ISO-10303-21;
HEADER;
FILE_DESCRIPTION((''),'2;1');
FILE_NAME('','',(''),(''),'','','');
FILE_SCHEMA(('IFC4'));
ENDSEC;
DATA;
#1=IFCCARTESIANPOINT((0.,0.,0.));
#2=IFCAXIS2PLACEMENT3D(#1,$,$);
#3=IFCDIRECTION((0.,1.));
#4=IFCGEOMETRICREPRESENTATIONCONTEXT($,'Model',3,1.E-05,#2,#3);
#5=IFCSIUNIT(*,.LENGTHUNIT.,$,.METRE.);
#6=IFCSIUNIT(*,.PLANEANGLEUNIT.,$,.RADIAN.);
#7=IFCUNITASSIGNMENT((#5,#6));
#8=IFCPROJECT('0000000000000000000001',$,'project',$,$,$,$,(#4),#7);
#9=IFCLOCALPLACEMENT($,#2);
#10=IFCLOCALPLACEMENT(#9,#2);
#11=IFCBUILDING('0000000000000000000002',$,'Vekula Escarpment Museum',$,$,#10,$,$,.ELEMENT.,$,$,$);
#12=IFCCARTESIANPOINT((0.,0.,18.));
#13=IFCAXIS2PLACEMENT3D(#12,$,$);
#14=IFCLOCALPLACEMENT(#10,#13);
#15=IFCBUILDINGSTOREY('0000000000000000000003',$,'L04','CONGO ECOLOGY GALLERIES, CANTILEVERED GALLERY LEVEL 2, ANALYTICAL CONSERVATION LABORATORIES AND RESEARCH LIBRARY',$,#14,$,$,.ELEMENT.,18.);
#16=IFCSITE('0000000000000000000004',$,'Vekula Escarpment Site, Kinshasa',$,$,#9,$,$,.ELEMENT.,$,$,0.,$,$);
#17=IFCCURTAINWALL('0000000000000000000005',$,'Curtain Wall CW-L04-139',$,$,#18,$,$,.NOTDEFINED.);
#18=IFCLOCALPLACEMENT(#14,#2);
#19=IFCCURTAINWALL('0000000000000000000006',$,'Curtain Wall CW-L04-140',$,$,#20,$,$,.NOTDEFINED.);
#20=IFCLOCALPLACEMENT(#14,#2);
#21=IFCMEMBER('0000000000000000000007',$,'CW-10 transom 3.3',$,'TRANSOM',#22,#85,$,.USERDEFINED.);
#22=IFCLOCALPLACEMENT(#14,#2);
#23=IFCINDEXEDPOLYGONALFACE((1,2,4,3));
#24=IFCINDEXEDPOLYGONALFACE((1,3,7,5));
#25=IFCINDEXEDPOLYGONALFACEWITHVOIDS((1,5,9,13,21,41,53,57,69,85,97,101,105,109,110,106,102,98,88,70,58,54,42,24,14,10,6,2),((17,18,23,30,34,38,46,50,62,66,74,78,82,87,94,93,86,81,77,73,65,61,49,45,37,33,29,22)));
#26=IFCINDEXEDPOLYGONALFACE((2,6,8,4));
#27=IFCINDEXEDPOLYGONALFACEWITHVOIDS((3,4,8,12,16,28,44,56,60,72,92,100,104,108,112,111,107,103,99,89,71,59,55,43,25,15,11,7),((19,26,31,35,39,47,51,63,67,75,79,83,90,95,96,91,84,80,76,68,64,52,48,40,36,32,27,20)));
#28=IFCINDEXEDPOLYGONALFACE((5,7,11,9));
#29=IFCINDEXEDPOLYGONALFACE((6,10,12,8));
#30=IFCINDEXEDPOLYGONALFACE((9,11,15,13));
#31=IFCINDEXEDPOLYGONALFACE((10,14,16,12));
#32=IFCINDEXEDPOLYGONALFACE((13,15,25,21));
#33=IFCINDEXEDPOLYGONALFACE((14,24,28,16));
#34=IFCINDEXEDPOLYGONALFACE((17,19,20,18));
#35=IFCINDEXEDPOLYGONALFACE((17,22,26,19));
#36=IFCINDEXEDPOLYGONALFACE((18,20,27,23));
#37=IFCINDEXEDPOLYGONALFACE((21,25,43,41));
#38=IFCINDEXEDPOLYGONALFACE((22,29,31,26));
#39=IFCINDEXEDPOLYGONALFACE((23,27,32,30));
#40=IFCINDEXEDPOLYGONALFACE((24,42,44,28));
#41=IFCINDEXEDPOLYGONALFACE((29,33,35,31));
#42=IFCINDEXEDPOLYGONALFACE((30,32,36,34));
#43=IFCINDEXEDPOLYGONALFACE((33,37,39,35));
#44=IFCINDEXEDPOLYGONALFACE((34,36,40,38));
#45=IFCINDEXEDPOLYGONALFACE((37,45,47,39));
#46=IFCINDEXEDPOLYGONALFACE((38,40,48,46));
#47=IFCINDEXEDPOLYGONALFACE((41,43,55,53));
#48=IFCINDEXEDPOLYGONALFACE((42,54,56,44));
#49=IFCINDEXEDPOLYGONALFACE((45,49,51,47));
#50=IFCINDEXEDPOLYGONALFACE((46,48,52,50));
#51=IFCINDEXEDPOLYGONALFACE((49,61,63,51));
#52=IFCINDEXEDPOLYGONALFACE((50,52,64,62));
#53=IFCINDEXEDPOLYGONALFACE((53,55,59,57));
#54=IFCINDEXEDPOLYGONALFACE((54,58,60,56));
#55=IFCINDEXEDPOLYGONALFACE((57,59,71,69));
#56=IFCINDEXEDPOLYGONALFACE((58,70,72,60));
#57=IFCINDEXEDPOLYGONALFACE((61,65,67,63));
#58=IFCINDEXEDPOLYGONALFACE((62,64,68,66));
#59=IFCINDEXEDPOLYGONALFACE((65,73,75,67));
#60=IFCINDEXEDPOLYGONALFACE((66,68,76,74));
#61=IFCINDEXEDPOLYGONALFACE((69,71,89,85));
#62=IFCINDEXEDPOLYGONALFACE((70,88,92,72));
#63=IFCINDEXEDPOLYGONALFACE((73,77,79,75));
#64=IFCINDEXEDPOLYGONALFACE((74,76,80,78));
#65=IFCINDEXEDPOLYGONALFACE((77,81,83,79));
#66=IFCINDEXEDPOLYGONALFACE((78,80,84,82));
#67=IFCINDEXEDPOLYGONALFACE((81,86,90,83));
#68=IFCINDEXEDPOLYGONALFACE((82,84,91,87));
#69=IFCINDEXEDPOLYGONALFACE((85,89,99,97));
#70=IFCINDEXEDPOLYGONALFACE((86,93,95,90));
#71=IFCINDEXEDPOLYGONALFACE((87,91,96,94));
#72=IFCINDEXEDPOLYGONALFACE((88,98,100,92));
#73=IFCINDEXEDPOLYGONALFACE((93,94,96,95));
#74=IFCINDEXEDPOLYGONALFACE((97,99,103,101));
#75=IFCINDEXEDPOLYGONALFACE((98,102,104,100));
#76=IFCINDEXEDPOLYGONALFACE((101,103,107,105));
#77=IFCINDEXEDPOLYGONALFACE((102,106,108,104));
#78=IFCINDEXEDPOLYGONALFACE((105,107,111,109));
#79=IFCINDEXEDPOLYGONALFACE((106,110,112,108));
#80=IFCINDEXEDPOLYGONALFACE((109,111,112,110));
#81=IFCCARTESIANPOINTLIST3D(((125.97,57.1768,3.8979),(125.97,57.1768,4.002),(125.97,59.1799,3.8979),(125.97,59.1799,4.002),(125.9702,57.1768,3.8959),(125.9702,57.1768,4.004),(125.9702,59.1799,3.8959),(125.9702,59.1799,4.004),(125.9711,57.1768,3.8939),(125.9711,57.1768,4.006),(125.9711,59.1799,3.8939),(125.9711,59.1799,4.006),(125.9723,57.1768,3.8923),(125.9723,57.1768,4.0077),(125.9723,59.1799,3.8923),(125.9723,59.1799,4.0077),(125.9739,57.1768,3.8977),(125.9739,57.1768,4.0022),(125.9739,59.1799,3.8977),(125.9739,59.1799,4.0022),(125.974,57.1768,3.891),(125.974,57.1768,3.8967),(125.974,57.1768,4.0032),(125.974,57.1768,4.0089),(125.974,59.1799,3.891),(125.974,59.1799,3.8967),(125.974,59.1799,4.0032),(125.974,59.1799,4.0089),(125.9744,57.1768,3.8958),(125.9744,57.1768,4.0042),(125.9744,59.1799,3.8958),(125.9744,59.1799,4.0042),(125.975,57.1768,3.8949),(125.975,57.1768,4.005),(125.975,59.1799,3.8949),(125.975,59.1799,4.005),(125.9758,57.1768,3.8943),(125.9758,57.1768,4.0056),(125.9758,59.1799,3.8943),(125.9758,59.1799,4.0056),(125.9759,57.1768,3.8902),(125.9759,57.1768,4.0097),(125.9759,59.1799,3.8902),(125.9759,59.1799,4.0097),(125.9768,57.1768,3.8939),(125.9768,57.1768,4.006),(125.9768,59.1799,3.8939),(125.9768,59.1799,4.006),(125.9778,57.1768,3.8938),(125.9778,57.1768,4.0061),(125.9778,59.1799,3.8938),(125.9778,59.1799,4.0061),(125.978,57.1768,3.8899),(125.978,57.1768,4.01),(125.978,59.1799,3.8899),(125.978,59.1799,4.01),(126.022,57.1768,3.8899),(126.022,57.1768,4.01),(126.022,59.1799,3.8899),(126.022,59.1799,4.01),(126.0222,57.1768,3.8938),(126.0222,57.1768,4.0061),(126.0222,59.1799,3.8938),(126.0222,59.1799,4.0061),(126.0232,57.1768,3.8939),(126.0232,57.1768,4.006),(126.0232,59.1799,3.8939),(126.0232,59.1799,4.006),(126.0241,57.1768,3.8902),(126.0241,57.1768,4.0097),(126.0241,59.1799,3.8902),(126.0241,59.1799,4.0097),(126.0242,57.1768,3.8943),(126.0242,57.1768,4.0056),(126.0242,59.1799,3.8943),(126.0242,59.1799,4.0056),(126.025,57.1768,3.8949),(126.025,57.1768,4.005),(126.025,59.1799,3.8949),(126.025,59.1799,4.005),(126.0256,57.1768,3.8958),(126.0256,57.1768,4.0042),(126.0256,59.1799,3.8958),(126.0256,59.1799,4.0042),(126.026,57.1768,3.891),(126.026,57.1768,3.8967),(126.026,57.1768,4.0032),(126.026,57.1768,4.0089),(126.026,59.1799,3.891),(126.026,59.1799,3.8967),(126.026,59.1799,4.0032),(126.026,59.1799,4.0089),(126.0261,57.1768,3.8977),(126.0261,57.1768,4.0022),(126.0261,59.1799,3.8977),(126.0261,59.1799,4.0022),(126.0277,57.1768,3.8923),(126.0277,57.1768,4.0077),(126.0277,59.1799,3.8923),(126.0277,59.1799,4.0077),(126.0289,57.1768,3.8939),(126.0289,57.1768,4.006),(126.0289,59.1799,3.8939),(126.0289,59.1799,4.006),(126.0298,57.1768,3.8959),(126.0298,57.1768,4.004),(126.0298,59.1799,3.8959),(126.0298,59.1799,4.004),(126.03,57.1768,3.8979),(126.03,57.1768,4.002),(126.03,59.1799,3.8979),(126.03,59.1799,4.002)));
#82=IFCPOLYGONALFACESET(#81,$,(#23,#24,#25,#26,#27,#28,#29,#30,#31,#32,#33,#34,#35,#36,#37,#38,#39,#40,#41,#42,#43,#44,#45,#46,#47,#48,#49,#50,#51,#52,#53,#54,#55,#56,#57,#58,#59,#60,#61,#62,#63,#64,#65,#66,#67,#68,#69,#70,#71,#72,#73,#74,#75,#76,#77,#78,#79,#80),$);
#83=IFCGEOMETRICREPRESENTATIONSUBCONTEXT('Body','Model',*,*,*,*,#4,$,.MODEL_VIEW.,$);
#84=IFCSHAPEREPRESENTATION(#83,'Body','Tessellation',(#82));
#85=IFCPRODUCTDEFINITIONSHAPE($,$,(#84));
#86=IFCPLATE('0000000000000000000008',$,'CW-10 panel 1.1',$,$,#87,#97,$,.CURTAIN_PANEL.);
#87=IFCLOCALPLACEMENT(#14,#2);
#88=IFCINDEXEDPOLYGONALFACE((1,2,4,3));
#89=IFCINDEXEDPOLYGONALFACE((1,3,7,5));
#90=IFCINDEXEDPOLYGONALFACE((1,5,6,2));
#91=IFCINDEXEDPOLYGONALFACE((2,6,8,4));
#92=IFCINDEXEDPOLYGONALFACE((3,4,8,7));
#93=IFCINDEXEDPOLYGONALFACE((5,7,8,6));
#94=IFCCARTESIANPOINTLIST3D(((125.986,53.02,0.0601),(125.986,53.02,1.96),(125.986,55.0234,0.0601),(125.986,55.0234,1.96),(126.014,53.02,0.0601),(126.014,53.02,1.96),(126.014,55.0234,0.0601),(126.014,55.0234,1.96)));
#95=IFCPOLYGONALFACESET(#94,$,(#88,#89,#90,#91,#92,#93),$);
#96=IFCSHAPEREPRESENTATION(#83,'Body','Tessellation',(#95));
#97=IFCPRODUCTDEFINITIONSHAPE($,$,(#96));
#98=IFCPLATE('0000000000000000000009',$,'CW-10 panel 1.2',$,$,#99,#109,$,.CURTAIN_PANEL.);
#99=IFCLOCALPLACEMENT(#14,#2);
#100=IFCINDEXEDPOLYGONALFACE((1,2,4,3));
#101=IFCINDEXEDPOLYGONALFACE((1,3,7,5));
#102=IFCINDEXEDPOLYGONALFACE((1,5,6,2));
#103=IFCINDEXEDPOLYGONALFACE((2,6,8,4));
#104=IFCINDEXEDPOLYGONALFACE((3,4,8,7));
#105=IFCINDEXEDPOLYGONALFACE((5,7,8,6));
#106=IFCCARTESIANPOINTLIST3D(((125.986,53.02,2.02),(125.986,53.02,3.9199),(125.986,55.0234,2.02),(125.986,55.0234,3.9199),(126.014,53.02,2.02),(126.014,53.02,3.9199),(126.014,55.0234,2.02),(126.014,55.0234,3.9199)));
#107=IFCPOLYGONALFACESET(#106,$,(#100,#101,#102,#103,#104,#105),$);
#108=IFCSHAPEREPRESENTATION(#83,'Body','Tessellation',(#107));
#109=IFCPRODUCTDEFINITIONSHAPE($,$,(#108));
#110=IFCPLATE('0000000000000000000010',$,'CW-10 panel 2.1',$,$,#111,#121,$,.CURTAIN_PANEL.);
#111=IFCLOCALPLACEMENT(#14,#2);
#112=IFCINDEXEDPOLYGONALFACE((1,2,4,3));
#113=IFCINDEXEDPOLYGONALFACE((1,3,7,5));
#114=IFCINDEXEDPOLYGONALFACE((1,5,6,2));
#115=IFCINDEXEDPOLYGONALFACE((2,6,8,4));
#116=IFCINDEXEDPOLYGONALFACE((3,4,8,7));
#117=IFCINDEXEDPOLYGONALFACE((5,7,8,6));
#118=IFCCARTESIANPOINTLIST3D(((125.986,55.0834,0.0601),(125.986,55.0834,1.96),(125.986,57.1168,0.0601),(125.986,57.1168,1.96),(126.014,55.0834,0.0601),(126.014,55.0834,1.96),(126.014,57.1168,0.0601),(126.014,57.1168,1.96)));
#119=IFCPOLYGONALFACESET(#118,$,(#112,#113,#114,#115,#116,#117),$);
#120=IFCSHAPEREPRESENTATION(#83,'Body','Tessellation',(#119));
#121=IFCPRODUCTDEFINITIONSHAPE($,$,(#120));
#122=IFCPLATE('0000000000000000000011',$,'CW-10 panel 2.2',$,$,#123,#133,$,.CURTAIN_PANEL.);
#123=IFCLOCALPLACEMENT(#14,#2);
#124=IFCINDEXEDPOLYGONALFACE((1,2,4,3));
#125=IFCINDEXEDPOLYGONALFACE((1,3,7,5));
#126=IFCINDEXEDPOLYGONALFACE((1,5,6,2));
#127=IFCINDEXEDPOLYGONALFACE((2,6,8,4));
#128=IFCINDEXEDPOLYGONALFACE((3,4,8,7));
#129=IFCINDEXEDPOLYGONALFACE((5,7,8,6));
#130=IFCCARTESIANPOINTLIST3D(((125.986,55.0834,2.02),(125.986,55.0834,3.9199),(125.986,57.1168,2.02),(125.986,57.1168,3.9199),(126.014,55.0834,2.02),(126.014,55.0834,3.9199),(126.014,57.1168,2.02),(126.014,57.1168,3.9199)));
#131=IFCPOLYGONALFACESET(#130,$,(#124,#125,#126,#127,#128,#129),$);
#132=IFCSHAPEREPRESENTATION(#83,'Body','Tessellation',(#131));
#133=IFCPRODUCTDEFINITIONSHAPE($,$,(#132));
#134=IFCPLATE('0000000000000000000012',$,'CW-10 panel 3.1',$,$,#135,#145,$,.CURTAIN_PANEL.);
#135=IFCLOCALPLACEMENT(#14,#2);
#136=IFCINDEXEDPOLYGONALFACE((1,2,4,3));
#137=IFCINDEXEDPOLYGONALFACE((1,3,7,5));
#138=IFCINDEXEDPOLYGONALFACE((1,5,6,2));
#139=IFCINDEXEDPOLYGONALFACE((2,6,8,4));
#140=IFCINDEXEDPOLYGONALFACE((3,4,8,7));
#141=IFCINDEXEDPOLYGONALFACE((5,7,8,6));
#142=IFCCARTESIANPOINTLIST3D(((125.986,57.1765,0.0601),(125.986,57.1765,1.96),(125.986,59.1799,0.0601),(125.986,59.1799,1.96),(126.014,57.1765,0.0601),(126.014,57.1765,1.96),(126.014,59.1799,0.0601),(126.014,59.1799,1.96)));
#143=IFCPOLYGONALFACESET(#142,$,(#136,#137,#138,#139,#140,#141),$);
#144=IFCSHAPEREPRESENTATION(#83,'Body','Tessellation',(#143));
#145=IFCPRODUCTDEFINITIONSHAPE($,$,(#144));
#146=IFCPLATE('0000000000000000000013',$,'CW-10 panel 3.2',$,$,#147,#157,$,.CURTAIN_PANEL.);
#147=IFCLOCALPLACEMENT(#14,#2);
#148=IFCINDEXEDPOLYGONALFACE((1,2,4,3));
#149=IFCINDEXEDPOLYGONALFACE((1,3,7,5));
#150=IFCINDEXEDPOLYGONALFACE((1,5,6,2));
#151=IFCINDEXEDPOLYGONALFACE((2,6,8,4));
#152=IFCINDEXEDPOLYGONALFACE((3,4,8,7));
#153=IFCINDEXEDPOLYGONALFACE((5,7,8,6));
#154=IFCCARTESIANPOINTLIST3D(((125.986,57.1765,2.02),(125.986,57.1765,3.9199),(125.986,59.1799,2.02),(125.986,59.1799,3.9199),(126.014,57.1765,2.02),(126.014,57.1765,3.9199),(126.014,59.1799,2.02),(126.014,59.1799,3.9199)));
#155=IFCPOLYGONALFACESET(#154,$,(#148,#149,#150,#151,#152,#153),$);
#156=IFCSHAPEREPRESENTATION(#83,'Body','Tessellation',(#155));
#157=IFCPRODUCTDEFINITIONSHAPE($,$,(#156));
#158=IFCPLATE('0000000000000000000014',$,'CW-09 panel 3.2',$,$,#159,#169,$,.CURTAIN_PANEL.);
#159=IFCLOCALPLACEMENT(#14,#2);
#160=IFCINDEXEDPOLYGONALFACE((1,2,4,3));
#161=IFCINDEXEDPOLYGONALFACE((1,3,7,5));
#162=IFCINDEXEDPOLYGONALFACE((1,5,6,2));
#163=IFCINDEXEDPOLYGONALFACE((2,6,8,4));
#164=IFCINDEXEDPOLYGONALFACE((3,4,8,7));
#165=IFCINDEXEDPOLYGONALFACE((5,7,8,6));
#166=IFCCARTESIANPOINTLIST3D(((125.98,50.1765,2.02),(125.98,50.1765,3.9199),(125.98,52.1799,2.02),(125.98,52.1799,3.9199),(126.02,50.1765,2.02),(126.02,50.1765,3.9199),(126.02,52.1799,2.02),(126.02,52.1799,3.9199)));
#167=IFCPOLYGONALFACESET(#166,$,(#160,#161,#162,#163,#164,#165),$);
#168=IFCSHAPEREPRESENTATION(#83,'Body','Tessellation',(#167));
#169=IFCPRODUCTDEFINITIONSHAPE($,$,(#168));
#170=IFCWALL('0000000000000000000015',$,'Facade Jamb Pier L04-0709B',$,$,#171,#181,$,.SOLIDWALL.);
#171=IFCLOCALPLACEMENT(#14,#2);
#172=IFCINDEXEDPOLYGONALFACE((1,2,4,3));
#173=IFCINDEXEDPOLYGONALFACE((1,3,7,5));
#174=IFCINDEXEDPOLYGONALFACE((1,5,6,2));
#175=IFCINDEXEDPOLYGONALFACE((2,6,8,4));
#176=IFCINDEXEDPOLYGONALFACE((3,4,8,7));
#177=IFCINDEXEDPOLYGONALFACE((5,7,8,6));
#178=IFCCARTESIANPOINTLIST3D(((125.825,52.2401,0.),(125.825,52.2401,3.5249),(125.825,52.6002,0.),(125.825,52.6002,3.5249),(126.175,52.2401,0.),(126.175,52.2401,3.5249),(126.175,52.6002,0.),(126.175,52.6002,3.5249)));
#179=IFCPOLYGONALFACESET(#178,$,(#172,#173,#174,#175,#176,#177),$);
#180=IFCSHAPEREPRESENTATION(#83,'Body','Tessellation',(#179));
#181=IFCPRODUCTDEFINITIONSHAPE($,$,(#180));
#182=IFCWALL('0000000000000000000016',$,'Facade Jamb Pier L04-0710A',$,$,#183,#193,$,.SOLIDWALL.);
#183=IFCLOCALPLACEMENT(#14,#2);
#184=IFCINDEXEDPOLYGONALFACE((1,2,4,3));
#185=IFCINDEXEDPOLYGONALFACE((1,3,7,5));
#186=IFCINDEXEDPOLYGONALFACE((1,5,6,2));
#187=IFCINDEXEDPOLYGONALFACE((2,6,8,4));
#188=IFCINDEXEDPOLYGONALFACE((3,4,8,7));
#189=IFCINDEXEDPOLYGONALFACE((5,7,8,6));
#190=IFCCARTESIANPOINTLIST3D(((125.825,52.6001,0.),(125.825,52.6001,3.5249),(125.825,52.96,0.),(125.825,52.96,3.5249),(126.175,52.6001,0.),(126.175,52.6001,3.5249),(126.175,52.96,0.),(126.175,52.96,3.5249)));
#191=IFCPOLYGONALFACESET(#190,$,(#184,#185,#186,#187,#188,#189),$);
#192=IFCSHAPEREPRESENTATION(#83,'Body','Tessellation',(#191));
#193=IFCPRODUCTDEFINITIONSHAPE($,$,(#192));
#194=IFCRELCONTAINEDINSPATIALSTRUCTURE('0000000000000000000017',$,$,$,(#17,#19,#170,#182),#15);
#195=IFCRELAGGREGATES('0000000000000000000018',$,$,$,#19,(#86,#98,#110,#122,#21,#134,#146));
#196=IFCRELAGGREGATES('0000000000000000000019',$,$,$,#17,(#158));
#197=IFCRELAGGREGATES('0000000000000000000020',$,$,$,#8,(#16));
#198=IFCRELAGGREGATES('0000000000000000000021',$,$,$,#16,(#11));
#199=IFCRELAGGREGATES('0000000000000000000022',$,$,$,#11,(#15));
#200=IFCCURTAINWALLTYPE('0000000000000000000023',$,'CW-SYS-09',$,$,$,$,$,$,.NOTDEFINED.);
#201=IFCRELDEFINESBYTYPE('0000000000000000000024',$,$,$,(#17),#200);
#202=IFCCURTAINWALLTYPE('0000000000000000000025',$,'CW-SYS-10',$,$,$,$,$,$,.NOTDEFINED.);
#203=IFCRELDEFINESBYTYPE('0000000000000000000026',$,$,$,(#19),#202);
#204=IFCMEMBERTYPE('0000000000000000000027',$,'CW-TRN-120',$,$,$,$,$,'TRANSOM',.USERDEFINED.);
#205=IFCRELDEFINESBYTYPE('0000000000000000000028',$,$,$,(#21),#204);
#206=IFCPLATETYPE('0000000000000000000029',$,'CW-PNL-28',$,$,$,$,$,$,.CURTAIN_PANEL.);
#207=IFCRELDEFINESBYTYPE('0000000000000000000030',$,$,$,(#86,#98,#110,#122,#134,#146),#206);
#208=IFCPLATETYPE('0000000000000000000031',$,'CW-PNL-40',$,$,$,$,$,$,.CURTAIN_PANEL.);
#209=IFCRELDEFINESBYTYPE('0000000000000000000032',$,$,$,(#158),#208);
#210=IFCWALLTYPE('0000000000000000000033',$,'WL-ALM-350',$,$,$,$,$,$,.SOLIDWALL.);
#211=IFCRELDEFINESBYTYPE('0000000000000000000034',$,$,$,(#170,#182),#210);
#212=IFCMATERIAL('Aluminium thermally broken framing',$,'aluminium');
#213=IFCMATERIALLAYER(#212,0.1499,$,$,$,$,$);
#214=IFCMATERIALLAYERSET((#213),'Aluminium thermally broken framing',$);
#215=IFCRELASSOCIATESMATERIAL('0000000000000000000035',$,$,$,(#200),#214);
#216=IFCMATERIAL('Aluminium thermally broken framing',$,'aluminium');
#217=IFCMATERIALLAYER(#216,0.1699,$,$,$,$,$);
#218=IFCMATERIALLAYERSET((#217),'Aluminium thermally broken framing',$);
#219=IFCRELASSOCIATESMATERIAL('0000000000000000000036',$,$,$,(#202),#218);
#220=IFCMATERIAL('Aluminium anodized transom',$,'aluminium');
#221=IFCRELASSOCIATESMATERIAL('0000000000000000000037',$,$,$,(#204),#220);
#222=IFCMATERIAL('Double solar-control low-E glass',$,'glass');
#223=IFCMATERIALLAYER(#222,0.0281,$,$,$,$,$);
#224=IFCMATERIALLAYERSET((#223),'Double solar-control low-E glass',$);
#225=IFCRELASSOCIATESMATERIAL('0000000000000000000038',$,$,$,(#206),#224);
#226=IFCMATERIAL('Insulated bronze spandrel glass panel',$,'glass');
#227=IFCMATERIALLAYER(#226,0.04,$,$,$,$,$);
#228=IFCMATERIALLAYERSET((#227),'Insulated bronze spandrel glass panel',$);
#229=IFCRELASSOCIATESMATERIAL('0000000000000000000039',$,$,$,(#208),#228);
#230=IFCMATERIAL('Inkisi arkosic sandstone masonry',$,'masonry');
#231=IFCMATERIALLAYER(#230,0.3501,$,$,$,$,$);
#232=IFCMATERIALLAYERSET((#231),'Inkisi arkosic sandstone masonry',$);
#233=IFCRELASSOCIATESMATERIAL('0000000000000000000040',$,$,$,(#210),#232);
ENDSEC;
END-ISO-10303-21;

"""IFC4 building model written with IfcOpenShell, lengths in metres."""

from ifc_helpers import new_model, si_unit, direction, frame, frame_2d, origin, origin_2d, place, context, subcontext, project, spatial, rectangle, hollow_rectangle, extrude, material, layer, layer_set, material_profile, profile_set, type_object, element, aggregate, save


model = new_model("IFC4")

# Units and contexts
model_context = context("Model", 3, precision=1e-05, world=origin(), true_north=direction((0.0, 1.0)))
body_context = subcontext(model_context, "Body", "Model", "MODEL_VIEW")
ifc_project = project(units=[si_unit("LENGTHUNIT", "METRE"), si_unit("PLANEANGLEUNIT", "RADIAN")], contexts=[model_context])

# Site, building, storey
site_placement = place(None, origin())
site = spatial("IfcSite", under=ifc_project, at=site_placement, Name="Vekula Escarpment Site, Kinshasa", CompositionType="ELEMENT", RefElevation=0.0)
building_placement = place(site_placement, origin())
building = spatial("IfcBuilding", under=site, at=building_placement, Name="Vekula Escarpment Museum", CompositionType="ELEMENT")
storey_placement = place(building_placement, frame((0.0, 0.0, 18.0)))
storey = spatial("IfcBuildingStorey", under=building, at=storey_placement, Name="L04", Description="CONGO ECOLOGY GALLERIES, CANTILEVERED GALLERY LEVEL 2, ANALYTICAL CONSERVATION LABORATORIES AND RESEARCH LIBRARY", CompositionType="ELEMENT", Elevation=18.0)

# Curtain wall
ifc_material_1 = material(Name="Aluminium thermally broken framing", Category="aluminium")
ifc_layer_1 = layer(ifc_material_1, 0.1499)
ifc_layer_set_1 = layer_set([ifc_layer_1], Name="Aluminium thermally broken framing")
curtain_wall_type_1 = type_object("IfcCurtainWallType", Name="CW-SYS-09", PredefinedType="NOTDEFINED", material=ifc_layer_set_1)
curtain_wall_1_placement = place(storey_placement, origin())
curtain_wall_1 = element("IfcCurtainWall", 1, at=curtain_wall_1_placement, inside=storey, type_object=curtain_wall_type_1, Name="Curtain Wall CW-L04-139", PredefinedType="NOTDEFINED")

# Curtain wall, member, plates
ifc_material_2 = material(Name="Aluminium thermally broken framing", Category="aluminium")
ifc_layer_2 = layer(ifc_material_2, 0.1699)
ifc_layer_set_2 = layer_set([ifc_layer_2], Name="Aluminium thermally broken framing")
curtain_wall_type_2 = type_object("IfcCurtainWallType", Name="CW-SYS-10", PredefinedType="NOTDEFINED", material=ifc_layer_set_2)
curtain_wall_2_placement = place(storey_placement, origin())
curtain_wall_2 = element("IfcCurtainWall", 2, at=curtain_wall_2_placement, inside=storey, type_object=curtain_wall_type_2, Name="Curtain Wall CW-L04-140", PredefinedType="NOTDEFINED")
ifc_material_3 = material(Name="Aluminium anodized transom", Category="aluminium")
ifc_material_profile_1 = material_profile(ifc_material_3, hollow_rectangle(XDim=0.0601, YDim=0.1201, WallThickness=0.0039, InnerFilletRadius=0.0039, OuterFilletRadius=0.0081, at=origin_2d()), Name="ALU 120x60x4")
ifc_profile_set_1 = profile_set([ifc_material_profile_1], Name="Aluminium anodized transom")
member_type_1 = type_object("IfcMemberType", Name="CW-TRN-120", ElementType="TRANSOM", PredefinedType="USERDEFINED", material=ifc_profile_set_1)
member_1_placement = place(storey_placement, frame((126.0, 57.1768, 3.95), z_axis=(0.0, 1.0, 0.0), x_axis=(-1.0, 0.0, 0.0)))
member_1 = element("IfcMember", 3, at=member_1_placement, type_object=member_type_1, Name="CW-10 transom 3.3", ObjectType="TRANSOM", PredefinedType="USERDEFINED", context=body_context, shape_type="SweptSolid", body=[
    extrude(hollow_rectangle(XDim=0.0601, YDim=0.1201, WallThickness=0.0039, InnerFilletRadius=0.0039, OuterFilletRadius=0.0081, at=origin_2d()), origin(), (0.0, 0.0, 1.0), 2.0032),
])
ifc_material_4 = material(Name="Double solar-control low-E glass", Category="glass")
ifc_layer_3 = layer(ifc_material_4, 0.0281)
ifc_layer_set_3 = layer_set([ifc_layer_3], Name="Double solar-control low-E glass")
plate_type_1 = type_object("IfcPlateType", Name="CW-PNL-28", PredefinedType="CURTAIN_PANEL", material=ifc_layer_set_3)
plate_1_placement = place(storey_placement, frame((126.0, 54.0217, 0.0601), z_axis=(0.0, 0.0, 1.0), x_axis=(0.0, 1.0, 0.0)))
plate_1 = element("IfcPlate", 4, at=plate_1_placement, type_object=plate_type_1, Name="CW-10 panel 1.1", PredefinedType="CURTAIN_PANEL", context=body_context, shape_type="SweptSolid", body=[
    extrude(rectangle(XDim=2.0034, YDim=0.0281, at=origin_2d()), origin(), (0.0, 0.0, 1.0), 1.8999),
])
plate_2_placement = place(storey_placement, frame((126.0, 54.0217, 2.02), z_axis=(0.0, 0.0, 1.0), x_axis=(0.0, 1.0, 0.0)))
plate_2 = element("IfcPlate", 5, at=plate_2_placement, type_object=plate_type_1, Name="CW-10 panel 1.2", PredefinedType="CURTAIN_PANEL", context=body_context, shape_type="SweptSolid", body=[
    extrude(rectangle(XDim=2.0034, YDim=0.0281, at=origin_2d()), origin(), (0.0, 0.0, 1.0), 1.8999),
])
plate_3_placement = place(storey_placement, frame((126.0, 56.1001, 0.0601), z_axis=(0.0, 0.0, 1.0), x_axis=(0.0, 1.0, 0.0)))
plate_3 = element("IfcPlate", 6, at=plate_3_placement, type_object=plate_type_1, Name="CW-10 panel 2.1", PredefinedType="CURTAIN_PANEL", context=body_context, shape_type="SweptSolid", body=[
    extrude(rectangle(XDim=2.0334, YDim=0.0281, at=origin_2d()), origin(), (0.0, 0.0, 1.0), 1.8999),
])
plate_4_placement = place(storey_placement, frame((126.0, 56.1001, 2.02), z_axis=(0.0, 0.0, 1.0), x_axis=(0.0, 1.0, 0.0)))
plate_4 = element("IfcPlate", 7, at=plate_4_placement, type_object=plate_type_1, Name="CW-10 panel 2.2", PredefinedType="CURTAIN_PANEL", context=body_context, shape_type="SweptSolid", body=[
    extrude(rectangle(XDim=2.0334, YDim=0.0281, at=origin_2d()), origin(), (0.0, 0.0, 1.0), 1.8999),
])
plate_5_placement = place(storey_placement, frame((126.0, 58.1782, 0.0601), z_axis=(0.0, 0.0, 1.0), x_axis=(0.0, 1.0, 0.0)))
plate_5 = element("IfcPlate", 8, at=plate_5_placement, type_object=plate_type_1, Name="CW-10 panel 3.1", PredefinedType="CURTAIN_PANEL", context=body_context, shape_type="SweptSolid", body=[
    extrude(rectangle(XDim=2.0034, YDim=0.0281, at=origin_2d()), origin(), (0.0, 0.0, 1.0), 1.8999),
])
plate_6_placement = place(storey_placement, frame((126.0, 58.1782, 2.02), z_axis=(0.0, 0.0, 1.0), x_axis=(0.0, 1.0, 0.0)))
plate_6 = element("IfcPlate", 9, at=plate_6_placement, type_object=plate_type_1, Name="CW-10 panel 3.2", PredefinedType="CURTAIN_PANEL", context=body_context, shape_type="SweptSolid", body=[
    extrude(rectangle(XDim=2.0034, YDim=0.0281, at=origin_2d()), origin(), (0.0, 0.0, 1.0), 1.8999),
])
aggregate(curtain_wall_2, [plate_1, plate_2, plate_3, plate_4, member_1, plate_5, plate_6])

# Plate
ifc_material_5 = material(Name="Insulated bronze spandrel glass panel", Category="glass")
ifc_layer_4 = layer(ifc_material_5, 0.04)
ifc_layer_set_4 = layer_set([ifc_layer_4], Name="Insulated bronze spandrel glass panel")
plate_type_2 = type_object("IfcPlateType", Name="CW-PNL-40", PredefinedType="CURTAIN_PANEL", material=ifc_layer_set_4)
plate_7_placement = place(storey_placement, frame((126.0, 51.1782, 2.02), z_axis=(0.0, 0.0, 1.0), x_axis=(0.0, 1.0, 0.0)))
plate_7 = element("IfcPlate", 10, at=plate_7_placement, type_object=plate_type_2, Name="CW-09 panel 3.2", PredefinedType="CURTAIN_PANEL", context=body_context, shape_type="SweptSolid", body=[
    extrude(rectangle(XDim=2.0034, YDim=0.04, at=origin_2d()), origin(), (0.0, 0.0, 1.0), 1.8999),
])
aggregate(curtain_wall_1, [plate_7])

# Walls
ifc_material_6 = material(Name="Inkisi arkosic sandstone masonry", Category="masonry")
ifc_layer_5 = layer(ifc_material_6, 0.3501)
ifc_layer_set_5 = layer_set([ifc_layer_5], Name="Inkisi arkosic sandstone masonry")
wall_type_1 = type_object("IfcWallType", Name="WL-ALM-350", PredefinedType="SOLIDWALL", material=ifc_layer_set_5)
wall_1_placement = place(storey_placement, frame((126.0, 52.24, 0.0), z_axis=(0.0, 0.0, 1.0), x_axis=(0.0, 1.0, 0.0)))
element("IfcWall", 11, at=wall_1_placement, inside=storey, type_object=wall_type_1, Name="Facade Jamb Pier L04-0709B", PredefinedType="SOLIDWALL", context=body_context, shape_type="SweptSolid", body=[
    extrude(rectangle(XDim=0.3601, YDim=0.3501, at=frame_2d((0.1802, 0.0))), origin(), (0.0, 0.0, 1.0), 3.5249),
])
wall_2_placement = place(storey_placement, frame((126.0, 52.6001, 0.0), z_axis=(0.0, 0.0, 1.0), x_axis=(0.0, 1.0, 0.0)))
element("IfcWall", 12, at=wall_2_placement, inside=storey, type_object=wall_type_1, Name="Facade Jamb Pier L04-0710A", PredefinedType="SOLIDWALL", context=body_context, shape_type="SweptSolid", body=[
    extrude(rectangle(XDim=0.3599, YDim=0.3501, at=frame_2d((0.1799, 0.0))), origin(), (0.0, 0.0, 1.0), 3.5249),
])

save(model, "model.ifc")
